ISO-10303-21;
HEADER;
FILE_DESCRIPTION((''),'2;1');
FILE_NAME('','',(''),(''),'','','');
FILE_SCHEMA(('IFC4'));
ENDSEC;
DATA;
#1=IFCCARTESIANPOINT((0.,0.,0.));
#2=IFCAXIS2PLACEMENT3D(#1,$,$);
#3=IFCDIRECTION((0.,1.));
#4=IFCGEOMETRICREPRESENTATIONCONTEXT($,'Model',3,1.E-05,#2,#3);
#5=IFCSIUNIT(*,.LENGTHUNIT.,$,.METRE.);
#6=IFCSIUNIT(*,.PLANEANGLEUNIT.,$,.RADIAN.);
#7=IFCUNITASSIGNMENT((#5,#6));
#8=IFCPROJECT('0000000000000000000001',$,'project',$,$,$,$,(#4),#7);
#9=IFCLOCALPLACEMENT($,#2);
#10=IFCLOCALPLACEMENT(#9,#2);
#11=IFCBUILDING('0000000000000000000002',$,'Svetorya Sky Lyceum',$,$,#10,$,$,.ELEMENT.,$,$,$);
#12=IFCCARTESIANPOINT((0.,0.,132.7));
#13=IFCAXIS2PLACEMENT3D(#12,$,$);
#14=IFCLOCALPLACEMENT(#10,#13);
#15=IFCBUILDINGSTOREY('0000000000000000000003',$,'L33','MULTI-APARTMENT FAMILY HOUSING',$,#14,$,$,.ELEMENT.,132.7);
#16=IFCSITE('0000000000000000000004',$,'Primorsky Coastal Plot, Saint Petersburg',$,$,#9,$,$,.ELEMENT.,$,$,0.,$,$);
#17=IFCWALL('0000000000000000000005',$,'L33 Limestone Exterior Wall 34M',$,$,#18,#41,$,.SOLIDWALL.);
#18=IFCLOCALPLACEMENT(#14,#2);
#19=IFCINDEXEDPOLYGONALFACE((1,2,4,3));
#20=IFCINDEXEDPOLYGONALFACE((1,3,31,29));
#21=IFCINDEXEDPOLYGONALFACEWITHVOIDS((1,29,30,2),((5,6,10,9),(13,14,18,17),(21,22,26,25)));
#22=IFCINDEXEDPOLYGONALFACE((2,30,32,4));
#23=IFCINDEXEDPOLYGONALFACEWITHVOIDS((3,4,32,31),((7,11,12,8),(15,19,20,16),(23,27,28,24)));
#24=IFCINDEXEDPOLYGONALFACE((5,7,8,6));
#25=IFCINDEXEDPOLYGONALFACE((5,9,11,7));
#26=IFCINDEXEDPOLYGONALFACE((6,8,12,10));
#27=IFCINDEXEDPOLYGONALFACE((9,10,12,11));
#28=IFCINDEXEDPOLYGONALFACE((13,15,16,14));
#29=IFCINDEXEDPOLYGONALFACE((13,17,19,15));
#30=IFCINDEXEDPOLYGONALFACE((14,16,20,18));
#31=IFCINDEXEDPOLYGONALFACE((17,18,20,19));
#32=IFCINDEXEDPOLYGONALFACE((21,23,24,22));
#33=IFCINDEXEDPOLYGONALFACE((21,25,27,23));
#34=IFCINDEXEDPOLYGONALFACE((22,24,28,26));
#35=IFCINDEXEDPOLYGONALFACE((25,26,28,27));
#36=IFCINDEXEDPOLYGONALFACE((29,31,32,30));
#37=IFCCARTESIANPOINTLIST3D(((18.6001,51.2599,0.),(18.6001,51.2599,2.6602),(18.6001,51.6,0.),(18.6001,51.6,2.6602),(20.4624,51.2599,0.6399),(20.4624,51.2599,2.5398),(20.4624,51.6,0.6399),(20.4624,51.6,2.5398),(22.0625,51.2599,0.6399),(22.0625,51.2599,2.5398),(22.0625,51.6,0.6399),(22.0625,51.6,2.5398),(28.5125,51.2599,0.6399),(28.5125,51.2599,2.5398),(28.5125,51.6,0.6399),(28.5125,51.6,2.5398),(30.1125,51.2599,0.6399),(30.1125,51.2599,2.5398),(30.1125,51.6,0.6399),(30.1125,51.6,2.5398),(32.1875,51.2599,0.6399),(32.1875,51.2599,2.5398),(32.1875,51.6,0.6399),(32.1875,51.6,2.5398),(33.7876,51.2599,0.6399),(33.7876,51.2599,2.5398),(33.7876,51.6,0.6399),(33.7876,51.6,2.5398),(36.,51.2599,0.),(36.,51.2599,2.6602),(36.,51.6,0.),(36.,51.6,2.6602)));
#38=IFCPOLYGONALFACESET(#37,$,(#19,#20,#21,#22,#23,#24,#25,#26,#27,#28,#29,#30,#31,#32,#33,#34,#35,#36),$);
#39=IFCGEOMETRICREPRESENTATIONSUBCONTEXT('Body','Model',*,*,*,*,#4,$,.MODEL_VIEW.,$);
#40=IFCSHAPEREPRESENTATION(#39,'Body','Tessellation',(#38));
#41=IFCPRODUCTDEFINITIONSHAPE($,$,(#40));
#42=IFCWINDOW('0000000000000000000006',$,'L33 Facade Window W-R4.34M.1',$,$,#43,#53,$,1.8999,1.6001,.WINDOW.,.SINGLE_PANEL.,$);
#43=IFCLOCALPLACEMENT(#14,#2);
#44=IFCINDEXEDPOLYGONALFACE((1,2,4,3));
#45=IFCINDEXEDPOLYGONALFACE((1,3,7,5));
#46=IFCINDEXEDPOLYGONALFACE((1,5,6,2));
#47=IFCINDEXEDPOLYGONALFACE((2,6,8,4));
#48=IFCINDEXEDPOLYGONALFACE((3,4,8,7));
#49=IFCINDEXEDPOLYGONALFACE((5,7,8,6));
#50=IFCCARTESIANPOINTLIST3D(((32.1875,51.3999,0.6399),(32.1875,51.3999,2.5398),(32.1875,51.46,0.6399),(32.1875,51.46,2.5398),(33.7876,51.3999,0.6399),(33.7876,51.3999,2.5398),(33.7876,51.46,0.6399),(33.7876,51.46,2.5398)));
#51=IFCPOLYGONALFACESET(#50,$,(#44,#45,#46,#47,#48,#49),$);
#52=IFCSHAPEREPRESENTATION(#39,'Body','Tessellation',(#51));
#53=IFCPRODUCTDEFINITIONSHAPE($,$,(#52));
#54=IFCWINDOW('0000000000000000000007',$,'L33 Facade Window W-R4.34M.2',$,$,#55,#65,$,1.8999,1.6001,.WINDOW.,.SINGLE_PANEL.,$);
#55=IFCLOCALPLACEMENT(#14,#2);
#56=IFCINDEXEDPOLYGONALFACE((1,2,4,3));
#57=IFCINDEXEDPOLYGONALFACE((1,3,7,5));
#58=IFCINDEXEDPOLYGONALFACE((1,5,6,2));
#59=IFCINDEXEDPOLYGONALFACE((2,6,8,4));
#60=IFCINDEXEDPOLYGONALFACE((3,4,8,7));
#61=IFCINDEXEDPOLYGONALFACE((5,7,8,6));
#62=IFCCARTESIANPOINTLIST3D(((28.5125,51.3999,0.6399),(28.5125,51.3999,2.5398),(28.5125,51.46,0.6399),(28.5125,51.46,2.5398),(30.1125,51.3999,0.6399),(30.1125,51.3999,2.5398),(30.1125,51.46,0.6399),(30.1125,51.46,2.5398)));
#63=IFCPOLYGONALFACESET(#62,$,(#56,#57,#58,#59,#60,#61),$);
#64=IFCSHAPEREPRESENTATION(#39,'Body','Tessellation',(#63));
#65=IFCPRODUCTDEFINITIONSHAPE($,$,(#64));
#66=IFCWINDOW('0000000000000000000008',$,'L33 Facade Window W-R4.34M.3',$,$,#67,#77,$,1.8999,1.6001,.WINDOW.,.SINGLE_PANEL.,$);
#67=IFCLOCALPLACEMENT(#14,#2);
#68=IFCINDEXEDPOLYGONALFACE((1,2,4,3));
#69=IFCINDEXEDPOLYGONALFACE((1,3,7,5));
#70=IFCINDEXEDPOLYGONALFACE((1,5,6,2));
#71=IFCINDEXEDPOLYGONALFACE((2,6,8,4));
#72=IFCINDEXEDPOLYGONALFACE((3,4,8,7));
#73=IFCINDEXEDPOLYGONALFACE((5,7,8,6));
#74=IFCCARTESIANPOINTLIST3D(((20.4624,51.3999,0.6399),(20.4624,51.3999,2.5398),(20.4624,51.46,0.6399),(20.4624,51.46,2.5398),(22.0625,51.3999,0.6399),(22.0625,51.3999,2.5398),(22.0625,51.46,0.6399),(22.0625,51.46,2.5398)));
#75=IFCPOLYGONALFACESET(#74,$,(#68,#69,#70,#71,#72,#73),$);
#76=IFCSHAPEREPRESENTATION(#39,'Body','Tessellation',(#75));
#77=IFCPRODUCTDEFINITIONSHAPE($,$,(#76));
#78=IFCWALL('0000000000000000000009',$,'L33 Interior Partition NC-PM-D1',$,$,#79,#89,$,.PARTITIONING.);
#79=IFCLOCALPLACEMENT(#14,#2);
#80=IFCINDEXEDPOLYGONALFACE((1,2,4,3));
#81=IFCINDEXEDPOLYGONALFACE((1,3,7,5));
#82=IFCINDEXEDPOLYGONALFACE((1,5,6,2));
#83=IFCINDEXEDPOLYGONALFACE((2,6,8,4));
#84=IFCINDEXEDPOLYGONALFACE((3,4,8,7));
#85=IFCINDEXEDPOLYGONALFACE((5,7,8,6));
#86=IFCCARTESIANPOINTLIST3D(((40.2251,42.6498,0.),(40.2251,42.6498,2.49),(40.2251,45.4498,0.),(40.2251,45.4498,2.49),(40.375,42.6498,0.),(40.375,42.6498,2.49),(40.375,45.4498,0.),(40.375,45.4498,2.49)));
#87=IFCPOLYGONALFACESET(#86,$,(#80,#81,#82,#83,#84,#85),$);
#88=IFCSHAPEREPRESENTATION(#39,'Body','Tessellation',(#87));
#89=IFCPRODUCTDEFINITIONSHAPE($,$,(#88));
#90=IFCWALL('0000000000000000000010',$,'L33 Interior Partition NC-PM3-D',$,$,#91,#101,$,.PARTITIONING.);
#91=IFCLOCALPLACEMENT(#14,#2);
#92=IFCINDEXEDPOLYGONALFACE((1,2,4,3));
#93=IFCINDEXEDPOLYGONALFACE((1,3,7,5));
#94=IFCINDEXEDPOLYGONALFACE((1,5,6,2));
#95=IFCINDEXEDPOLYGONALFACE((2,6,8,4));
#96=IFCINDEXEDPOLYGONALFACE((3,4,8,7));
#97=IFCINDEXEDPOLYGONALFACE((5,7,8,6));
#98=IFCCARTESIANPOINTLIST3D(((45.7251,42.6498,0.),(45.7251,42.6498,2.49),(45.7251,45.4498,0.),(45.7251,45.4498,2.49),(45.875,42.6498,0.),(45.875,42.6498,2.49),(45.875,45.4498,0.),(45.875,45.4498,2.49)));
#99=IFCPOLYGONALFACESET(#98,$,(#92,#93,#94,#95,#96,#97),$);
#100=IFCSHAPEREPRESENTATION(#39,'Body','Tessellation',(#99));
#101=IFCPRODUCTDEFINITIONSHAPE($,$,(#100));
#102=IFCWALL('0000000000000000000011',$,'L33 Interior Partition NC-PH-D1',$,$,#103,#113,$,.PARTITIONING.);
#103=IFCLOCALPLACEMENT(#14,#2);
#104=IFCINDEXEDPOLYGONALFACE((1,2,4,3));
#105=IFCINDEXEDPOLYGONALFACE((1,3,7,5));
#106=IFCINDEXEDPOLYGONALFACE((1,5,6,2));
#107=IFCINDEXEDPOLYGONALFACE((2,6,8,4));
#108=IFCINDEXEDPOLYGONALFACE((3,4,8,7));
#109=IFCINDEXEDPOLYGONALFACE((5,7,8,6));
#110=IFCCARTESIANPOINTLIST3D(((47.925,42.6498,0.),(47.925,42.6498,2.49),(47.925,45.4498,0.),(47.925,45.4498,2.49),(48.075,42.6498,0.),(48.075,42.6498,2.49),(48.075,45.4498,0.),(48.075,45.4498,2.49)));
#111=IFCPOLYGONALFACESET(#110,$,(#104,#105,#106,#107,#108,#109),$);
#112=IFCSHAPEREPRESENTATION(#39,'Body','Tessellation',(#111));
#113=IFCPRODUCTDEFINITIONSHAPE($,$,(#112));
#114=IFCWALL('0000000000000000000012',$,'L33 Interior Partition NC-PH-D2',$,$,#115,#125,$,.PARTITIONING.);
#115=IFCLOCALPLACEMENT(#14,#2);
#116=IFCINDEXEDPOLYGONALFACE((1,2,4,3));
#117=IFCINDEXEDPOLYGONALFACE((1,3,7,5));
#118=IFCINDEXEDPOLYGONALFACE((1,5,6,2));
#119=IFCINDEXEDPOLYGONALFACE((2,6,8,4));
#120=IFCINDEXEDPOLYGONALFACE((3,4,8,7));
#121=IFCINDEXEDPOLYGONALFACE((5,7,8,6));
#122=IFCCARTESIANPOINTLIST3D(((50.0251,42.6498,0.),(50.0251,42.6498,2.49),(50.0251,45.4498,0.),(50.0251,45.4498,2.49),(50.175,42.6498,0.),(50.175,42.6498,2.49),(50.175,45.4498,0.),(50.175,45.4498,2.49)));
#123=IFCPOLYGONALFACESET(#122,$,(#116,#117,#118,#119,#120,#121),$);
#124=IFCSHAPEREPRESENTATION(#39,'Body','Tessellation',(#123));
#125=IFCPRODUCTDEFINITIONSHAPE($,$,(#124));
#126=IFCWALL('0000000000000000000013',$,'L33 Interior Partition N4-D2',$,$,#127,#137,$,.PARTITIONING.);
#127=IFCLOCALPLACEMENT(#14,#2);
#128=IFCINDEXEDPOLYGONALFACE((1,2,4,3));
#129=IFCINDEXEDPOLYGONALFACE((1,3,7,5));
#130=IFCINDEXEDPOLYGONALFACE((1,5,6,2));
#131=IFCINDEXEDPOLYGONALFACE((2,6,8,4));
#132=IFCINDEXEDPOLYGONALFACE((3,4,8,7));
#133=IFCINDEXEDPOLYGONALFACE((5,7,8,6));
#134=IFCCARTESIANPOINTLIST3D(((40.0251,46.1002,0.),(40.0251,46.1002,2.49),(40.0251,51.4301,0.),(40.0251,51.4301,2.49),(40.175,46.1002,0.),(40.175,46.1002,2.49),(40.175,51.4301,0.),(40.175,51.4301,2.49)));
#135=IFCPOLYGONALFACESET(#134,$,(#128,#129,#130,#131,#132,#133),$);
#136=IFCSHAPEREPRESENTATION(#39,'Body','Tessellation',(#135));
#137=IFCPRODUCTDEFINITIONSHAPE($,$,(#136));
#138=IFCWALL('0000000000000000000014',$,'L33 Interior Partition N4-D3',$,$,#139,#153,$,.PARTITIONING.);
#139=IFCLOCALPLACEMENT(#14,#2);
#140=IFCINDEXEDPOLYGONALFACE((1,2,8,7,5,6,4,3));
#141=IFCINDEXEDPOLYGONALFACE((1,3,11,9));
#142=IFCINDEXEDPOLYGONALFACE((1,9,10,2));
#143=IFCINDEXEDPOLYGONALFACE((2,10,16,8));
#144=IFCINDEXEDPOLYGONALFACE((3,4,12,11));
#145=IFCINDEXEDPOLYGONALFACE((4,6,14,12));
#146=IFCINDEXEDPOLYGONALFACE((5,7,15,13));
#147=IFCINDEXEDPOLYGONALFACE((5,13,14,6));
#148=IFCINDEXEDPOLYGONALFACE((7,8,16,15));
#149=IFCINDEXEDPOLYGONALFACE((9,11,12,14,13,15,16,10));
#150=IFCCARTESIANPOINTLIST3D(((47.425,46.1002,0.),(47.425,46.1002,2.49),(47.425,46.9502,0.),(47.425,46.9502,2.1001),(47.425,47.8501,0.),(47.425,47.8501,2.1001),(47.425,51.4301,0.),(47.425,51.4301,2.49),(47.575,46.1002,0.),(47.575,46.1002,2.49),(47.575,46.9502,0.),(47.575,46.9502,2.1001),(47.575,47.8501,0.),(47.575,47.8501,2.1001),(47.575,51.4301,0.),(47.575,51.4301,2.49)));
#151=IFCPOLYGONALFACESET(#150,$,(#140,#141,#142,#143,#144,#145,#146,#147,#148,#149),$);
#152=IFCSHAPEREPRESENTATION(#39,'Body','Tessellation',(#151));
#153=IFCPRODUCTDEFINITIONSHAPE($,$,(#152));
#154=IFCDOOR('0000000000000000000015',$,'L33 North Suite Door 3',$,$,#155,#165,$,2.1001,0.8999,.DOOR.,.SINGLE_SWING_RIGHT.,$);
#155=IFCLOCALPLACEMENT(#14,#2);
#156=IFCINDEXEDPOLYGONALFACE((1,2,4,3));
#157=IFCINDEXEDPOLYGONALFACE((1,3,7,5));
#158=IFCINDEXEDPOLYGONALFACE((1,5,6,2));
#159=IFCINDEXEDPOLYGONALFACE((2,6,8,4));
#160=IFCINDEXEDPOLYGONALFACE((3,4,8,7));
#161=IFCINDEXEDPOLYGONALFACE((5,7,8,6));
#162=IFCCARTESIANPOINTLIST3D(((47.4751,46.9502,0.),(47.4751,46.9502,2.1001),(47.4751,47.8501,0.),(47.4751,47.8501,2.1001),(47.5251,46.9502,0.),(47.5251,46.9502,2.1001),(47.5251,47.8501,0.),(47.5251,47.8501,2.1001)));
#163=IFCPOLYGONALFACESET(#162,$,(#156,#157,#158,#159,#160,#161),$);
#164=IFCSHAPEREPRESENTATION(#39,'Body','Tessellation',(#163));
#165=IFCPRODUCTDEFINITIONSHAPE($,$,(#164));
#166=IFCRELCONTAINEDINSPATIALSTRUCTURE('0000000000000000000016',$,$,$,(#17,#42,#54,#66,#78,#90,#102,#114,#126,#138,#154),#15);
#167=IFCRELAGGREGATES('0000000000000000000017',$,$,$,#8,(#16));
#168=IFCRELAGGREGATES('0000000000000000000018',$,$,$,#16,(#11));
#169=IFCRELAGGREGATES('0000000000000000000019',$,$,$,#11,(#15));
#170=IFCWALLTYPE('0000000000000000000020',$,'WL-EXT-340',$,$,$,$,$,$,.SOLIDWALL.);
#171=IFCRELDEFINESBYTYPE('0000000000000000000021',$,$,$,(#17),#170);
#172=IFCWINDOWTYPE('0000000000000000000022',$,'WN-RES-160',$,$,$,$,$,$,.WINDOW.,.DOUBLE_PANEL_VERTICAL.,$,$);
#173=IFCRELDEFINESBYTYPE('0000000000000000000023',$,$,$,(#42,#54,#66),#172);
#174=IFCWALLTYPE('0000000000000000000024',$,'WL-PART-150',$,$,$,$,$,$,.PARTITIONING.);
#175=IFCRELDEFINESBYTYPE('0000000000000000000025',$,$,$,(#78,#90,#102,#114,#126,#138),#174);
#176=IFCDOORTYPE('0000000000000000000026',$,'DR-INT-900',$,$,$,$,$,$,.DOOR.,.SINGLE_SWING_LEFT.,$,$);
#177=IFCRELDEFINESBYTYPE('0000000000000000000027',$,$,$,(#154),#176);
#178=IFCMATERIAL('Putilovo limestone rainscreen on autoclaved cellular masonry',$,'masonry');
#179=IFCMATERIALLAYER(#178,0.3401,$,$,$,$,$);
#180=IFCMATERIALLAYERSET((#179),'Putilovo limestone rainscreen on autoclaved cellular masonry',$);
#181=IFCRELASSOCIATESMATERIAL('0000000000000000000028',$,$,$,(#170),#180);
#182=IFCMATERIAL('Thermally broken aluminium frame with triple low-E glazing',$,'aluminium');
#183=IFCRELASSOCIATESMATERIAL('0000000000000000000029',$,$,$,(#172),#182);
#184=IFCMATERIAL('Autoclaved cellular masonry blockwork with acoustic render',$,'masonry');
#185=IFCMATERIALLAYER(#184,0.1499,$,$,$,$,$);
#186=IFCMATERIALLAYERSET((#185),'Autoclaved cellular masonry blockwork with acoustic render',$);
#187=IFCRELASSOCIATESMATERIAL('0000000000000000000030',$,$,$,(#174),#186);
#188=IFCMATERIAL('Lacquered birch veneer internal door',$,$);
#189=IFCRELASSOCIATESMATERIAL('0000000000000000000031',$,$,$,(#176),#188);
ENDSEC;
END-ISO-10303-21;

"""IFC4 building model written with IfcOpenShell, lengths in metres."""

from ifc_helpers import new_model, si_unit, direction, frame, frame_2d, origin, place, context, subcontext, project, spatial, rectangle, extrude, material, layer, layer_set, type_object, element, fill, save


model = new_model("IFC4")

# Units and contexts
model_context = context("Model", 3, precision=1e-05, world=origin(), true_north=direction((0.0, 1.0)))
body_context = subcontext(model_context, "Body", "Model", "MODEL_VIEW")
ifc_project = project(units=[si_unit("LENGTHUNIT", "METRE"), si_unit("PLANEANGLEUNIT", "RADIAN")], contexts=[model_context])

# Site, building, storey
site_placement = place(None, origin())
site = spatial("IfcSite", under=ifc_project, at=site_placement, Name="Primorsky Coastal Plot, Saint Petersburg", CompositionType="ELEMENT", RefElevation=0.0)
building_placement = place(site_placement, origin())
building = spatial("IfcBuilding", under=site, at=building_placement, Name="Svetorya Sky Lyceum", CompositionType="ELEMENT")
storey_placement = place(building_placement, frame((0.0, 0.0, 132.7)))
storey = spatial("IfcBuildingStorey", under=building, at=storey_placement, Name="L33", Description="MULTI-APARTMENT FAMILY HOUSING", CompositionType="ELEMENT", Elevation=132.7)

# Shared definitions
ifc_material_1 = material(Name="Putilovo limestone rainscreen on autoclaved cellular masonry", Category="masonry")
ifc_layer_1 = layer(ifc_material_1, 0.3401)
ifc_layer_set_1 = layer_set([ifc_layer_1], Name="Putilovo limestone rainscreen on autoclaved cellular masonry")
wall_type_1 = type_object("IfcWallType", Name="WL-EXT-340", PredefinedType="SOLIDWALL", material=ifc_layer_set_1)

# Wall, openings, windows
wall_1_placement = place(storey_placement, frame((36.0, 51.4299, 0.0), z_axis=(0.0, 0.0, 1.0), x_axis=(-1.0, 0.0, 0.0)))
wall_1 = element("IfcWall", 1, at=wall_1_placement, inside=storey, type_object=wall_type_1, Name="L33 Limestone Exterior Wall 34M", PredefinedType="SOLIDWALL", context=body_context, shape_type="SweptSolid", body=[
    extrude(rectangle(XDim=17.3999, YDim=0.3401, at=frame_2d((8.7, 0.0))), origin(), (0.0, 0.0, 1.0), 2.6602),
])
opening_1_placement = place(wall_1_placement, frame((2.2124, 0.0, 0.6399)))
opening_1 = element("IfcOpeningElement", 2, at=opening_1_placement, cuts=wall_1, PredefinedType="OPENING", context=body_context, shape_type="SweptSolid", body=[
    extrude(rectangle(XDim=1.6001, YDim=1.8999, at=frame_2d((0.8, 0.95))), frame((0.0, 0.1799, 0.0), z_axis=(0.0, -1.0, 0.0), x_axis=(1.0, 0.0, 0.0)), (0.0, 0.0, 1.0), 0.3601),
])
opening_2_placement = place(wall_1_placement, frame((5.8875, 0.0, 0.6399)))
opening_2 = element("IfcOpeningElement", 3, at=opening_2_placement, cuts=wall_1, PredefinedType="OPENING", context=body_context, shape_type="SweptSolid", body=[
    extrude(rectangle(XDim=1.6001, YDim=1.8999, at=frame_2d((0.8, 0.95))), frame((0.0, 0.1799, 0.0), z_axis=(0.0, -1.0, 0.0), x_axis=(1.0, 0.0, 0.0)), (0.0, 0.0, 1.0), 0.3601),
])
opening_3_placement = place(wall_1_placement, frame((13.9375, 0.0, 0.6399)))
opening_3 = element("IfcOpeningElement", 4, at=opening_3_placement, cuts=wall_1, PredefinedType="OPENING", context=body_context, shape_type="SweptSolid", body=[
    extrude(rectangle(XDim=1.6001, YDim=1.8999, at=frame_2d((0.8, 0.95))), frame((0.0, 0.1799, 0.0), z_axis=(0.0, -1.0, 0.0), x_axis=(1.0, 0.0, 0.0)), (0.0, 0.0, 1.0), 0.3601),
])
ifc_material_2 = material(Name="Thermally broken aluminium frame with triple low-E glazing", Category="aluminium")
window_type = type_object("IfcWindowType", Name="WN-RES-160", PartitioningType="DOUBLE_PANEL_VERTICAL", PredefinedType="WINDOW", material=ifc_material_2)
window_1_placement = place(opening_1_placement, origin())
window_1 = element("IfcWindow", 5, at=window_1_placement, inside=storey, type_object=window_type, Name="L33 Facade Window W-R4.34M.1", OverallHeight=1.8999, OverallWidth=1.6001, PartitioningType="SINGLE_PANEL", PredefinedType="WINDOW", context=body_context, shape_type="SweptSolid", body=[
    extrude(rectangle(XDim=1.6001, YDim=1.8999, at=frame_2d((0.8, 0.95))), frame((0.0, 0.03, 0.0), z_axis=(0.0, -1.0, 0.0), x_axis=(1.0, 0.0, 0.0)), (0.0, 0.0, 1.0), 0.0601),
])
fill(opening_1, window_1)
window_2_placement = place(opening_2_placement, origin())
window_2 = element("IfcWindow", 6, at=window_2_placement, inside=storey, type_object=window_type, Name="L33 Facade Window W-R4.34M.2", OverallHeight=1.8999, OverallWidth=1.6001, PartitioningType="SINGLE_PANEL", PredefinedType="WINDOW", context=body_context, shape_type="SweptSolid", body=[
    extrude(rectangle(XDim=1.6001, YDim=1.8999, at=frame_2d((0.8, 0.95))), frame((0.0, 0.03, 0.0), z_axis=(0.0, -1.0, 0.0), x_axis=(1.0, 0.0, 0.0)), (0.0, 0.0, 1.0), 0.0601),
])
fill(opening_2, window_2)
window_3_placement = place(opening_3_placement, origin())
window_3 = element("IfcWindow", 7, at=window_3_placement, inside=storey, type_object=window_type, Name="L33 Facade Window W-R4.34M.3", OverallHeight=1.8999, OverallWidth=1.6001, PartitioningType="SINGLE_PANEL", PredefinedType="WINDOW", context=body_context, shape_type="SweptSolid", body=[
    extrude(rectangle(XDim=1.6001, YDim=1.8999, at=frame_2d((0.8, 0.95))), frame((0.0, 0.03, 0.0), z_axis=(0.0, -1.0, 0.0), x_axis=(1.0, 0.0, 0.0)), (0.0, 0.0, 1.0), 0.0601),
])
fill(opening_3, window_3)

# Walls
ifc_material_3 = material(Name="Autoclaved cellular masonry blockwork with acoustic render", Category="masonry")
ifc_layer_2 = layer(ifc_material_3, 0.1499)
ifc_layer_set_2 = layer_set([ifc_layer_2], Name="Autoclaved cellular masonry blockwork with acoustic render")
wall_type_2 = type_object("IfcWallType", Name="WL-PART-150", PredefinedType="PARTITIONING", material=ifc_layer_set_2)
for number, where, z_axis, x_axis, name in (
    (8, (40.3, 42.6499, 0.0), (0.0, 0.0, 1.0), (0.0, 1.0, 0.0), "L33 Interior Partition NC-PM-D1"),
    (9, (45.8, 42.6499, 0.0), (0.0, 0.0, 1.0), (0.0, 1.0, 0.0), "L33 Interior Partition NC-PM3-D"),
    (10, (48.0, 42.6499, 0.0), (0.0, 0.0, 1.0), (0.0, 1.0, 0.0), "L33 Interior Partition NC-PH-D1"),
    (11, (50.1001, 42.6499, 0.0), (0.0, 0.0, 1.0), (0.0, 1.0, 0.0), "L33 Interior Partition NC-PH-D2"),
):
    element("IfcWall", number, at=place(storey_placement, frame(where, z_axis=z_axis, x_axis=x_axis)), inside=storey, type_object=wall_type_2, Name=name, PredefinedType="PARTITIONING", context=body_context, shape_type="SweptSolid", body=[
        extrude(rectangle(XDim=2.8, YDim=0.1499, at=frame_2d((1.3999, 0.0))), origin(), (0.0, 0.0, 1.0), 2.49),
    ])
wall_2_placement = place(storey_placement, frame((40.1001, 46.1001, 0.0), z_axis=(0.0, 0.0, 1.0), x_axis=(0.0, 1.0, 0.0)))
element("IfcWall", 12, at=wall_2_placement, inside=storey, type_object=wall_type_2, Name="L33 Interior Partition N4-D2", PredefinedType="PARTITIONING", context=body_context, shape_type="SweptSolid", body=[
    extrude(rectangle(XDim=5.3298, YDim=0.1499, at=frame_2d((2.665, 0.0))), origin(), (0.0, 0.0, 1.0), 2.49),
])

# Wall, opening, door
wall_3_placement = place(storey_placement, frame((47.5, 46.1001, 0.0), z_axis=(0.0, 0.0, 1.0), x_axis=(0.0, 1.0, 0.0)))
wall_3 = element("IfcWall", 13, at=wall_3_placement, inside=storey, type_object=wall_type_2, Name="L33 Interior Partition N4-D3", PredefinedType="PARTITIONING", context=body_context, shape_type="SweptSolid", body=[
    extrude(rectangle(XDim=5.3298, YDim=0.1499, at=frame_2d((2.665, 0.0))), origin(), (0.0, 0.0, 1.0), 2.49),
])
opening_4_placement = place(wall_3_placement, frame((0.8501, 0.0, 0.0)))
opening_4 = element("IfcOpeningElement", 14, at=opening_4_placement, cuts=wall_3, PredefinedType="OPENING", context=body_context, shape_type="SweptSolid", body=[
    extrude(rectangle(XDim=0.8999, YDim=2.1001, at=frame_2d((0.45, 1.05))), frame((0.0, 0.085, 0.0), z_axis=(0.0, -1.0, 0.0), x_axis=(1.0, 0.0, 0.0)), (0.0, 0.0, 1.0), 0.1699),
])
ifc_material_4 = material(Name="Lacquered birch veneer internal door")
door_type_1 = type_object("IfcDoorType", Name="DR-INT-900", OperationType="SINGLE_SWING_LEFT", PredefinedType="DOOR", material=ifc_material_4)
door_1_placement = place(opening_4_placement, origin())
door_1 = element("IfcDoor", 15, at=door_1_placement, inside=storey, type_object=door_type_1, Name="L33 North Suite Door 3", OperationType="SINGLE_SWING_RIGHT", OverallHeight=2.1001, OverallWidth=0.8999, PredefinedType="DOOR", context=body_context, shape_type="SweptSolid", body=[
    extrude(rectangle(XDim=0.8999, YDim=2.1001, at=frame_2d((0.45, 1.05))), frame((0.0, 0.0249, 0.0), z_axis=(0.0, -1.0, 0.0), x_axis=(1.0, 0.0, 0.0)), (0.0, 0.0, 1.0), 0.05),
])
fill(opening_4, door_1)

save(model, "model.ifc")
